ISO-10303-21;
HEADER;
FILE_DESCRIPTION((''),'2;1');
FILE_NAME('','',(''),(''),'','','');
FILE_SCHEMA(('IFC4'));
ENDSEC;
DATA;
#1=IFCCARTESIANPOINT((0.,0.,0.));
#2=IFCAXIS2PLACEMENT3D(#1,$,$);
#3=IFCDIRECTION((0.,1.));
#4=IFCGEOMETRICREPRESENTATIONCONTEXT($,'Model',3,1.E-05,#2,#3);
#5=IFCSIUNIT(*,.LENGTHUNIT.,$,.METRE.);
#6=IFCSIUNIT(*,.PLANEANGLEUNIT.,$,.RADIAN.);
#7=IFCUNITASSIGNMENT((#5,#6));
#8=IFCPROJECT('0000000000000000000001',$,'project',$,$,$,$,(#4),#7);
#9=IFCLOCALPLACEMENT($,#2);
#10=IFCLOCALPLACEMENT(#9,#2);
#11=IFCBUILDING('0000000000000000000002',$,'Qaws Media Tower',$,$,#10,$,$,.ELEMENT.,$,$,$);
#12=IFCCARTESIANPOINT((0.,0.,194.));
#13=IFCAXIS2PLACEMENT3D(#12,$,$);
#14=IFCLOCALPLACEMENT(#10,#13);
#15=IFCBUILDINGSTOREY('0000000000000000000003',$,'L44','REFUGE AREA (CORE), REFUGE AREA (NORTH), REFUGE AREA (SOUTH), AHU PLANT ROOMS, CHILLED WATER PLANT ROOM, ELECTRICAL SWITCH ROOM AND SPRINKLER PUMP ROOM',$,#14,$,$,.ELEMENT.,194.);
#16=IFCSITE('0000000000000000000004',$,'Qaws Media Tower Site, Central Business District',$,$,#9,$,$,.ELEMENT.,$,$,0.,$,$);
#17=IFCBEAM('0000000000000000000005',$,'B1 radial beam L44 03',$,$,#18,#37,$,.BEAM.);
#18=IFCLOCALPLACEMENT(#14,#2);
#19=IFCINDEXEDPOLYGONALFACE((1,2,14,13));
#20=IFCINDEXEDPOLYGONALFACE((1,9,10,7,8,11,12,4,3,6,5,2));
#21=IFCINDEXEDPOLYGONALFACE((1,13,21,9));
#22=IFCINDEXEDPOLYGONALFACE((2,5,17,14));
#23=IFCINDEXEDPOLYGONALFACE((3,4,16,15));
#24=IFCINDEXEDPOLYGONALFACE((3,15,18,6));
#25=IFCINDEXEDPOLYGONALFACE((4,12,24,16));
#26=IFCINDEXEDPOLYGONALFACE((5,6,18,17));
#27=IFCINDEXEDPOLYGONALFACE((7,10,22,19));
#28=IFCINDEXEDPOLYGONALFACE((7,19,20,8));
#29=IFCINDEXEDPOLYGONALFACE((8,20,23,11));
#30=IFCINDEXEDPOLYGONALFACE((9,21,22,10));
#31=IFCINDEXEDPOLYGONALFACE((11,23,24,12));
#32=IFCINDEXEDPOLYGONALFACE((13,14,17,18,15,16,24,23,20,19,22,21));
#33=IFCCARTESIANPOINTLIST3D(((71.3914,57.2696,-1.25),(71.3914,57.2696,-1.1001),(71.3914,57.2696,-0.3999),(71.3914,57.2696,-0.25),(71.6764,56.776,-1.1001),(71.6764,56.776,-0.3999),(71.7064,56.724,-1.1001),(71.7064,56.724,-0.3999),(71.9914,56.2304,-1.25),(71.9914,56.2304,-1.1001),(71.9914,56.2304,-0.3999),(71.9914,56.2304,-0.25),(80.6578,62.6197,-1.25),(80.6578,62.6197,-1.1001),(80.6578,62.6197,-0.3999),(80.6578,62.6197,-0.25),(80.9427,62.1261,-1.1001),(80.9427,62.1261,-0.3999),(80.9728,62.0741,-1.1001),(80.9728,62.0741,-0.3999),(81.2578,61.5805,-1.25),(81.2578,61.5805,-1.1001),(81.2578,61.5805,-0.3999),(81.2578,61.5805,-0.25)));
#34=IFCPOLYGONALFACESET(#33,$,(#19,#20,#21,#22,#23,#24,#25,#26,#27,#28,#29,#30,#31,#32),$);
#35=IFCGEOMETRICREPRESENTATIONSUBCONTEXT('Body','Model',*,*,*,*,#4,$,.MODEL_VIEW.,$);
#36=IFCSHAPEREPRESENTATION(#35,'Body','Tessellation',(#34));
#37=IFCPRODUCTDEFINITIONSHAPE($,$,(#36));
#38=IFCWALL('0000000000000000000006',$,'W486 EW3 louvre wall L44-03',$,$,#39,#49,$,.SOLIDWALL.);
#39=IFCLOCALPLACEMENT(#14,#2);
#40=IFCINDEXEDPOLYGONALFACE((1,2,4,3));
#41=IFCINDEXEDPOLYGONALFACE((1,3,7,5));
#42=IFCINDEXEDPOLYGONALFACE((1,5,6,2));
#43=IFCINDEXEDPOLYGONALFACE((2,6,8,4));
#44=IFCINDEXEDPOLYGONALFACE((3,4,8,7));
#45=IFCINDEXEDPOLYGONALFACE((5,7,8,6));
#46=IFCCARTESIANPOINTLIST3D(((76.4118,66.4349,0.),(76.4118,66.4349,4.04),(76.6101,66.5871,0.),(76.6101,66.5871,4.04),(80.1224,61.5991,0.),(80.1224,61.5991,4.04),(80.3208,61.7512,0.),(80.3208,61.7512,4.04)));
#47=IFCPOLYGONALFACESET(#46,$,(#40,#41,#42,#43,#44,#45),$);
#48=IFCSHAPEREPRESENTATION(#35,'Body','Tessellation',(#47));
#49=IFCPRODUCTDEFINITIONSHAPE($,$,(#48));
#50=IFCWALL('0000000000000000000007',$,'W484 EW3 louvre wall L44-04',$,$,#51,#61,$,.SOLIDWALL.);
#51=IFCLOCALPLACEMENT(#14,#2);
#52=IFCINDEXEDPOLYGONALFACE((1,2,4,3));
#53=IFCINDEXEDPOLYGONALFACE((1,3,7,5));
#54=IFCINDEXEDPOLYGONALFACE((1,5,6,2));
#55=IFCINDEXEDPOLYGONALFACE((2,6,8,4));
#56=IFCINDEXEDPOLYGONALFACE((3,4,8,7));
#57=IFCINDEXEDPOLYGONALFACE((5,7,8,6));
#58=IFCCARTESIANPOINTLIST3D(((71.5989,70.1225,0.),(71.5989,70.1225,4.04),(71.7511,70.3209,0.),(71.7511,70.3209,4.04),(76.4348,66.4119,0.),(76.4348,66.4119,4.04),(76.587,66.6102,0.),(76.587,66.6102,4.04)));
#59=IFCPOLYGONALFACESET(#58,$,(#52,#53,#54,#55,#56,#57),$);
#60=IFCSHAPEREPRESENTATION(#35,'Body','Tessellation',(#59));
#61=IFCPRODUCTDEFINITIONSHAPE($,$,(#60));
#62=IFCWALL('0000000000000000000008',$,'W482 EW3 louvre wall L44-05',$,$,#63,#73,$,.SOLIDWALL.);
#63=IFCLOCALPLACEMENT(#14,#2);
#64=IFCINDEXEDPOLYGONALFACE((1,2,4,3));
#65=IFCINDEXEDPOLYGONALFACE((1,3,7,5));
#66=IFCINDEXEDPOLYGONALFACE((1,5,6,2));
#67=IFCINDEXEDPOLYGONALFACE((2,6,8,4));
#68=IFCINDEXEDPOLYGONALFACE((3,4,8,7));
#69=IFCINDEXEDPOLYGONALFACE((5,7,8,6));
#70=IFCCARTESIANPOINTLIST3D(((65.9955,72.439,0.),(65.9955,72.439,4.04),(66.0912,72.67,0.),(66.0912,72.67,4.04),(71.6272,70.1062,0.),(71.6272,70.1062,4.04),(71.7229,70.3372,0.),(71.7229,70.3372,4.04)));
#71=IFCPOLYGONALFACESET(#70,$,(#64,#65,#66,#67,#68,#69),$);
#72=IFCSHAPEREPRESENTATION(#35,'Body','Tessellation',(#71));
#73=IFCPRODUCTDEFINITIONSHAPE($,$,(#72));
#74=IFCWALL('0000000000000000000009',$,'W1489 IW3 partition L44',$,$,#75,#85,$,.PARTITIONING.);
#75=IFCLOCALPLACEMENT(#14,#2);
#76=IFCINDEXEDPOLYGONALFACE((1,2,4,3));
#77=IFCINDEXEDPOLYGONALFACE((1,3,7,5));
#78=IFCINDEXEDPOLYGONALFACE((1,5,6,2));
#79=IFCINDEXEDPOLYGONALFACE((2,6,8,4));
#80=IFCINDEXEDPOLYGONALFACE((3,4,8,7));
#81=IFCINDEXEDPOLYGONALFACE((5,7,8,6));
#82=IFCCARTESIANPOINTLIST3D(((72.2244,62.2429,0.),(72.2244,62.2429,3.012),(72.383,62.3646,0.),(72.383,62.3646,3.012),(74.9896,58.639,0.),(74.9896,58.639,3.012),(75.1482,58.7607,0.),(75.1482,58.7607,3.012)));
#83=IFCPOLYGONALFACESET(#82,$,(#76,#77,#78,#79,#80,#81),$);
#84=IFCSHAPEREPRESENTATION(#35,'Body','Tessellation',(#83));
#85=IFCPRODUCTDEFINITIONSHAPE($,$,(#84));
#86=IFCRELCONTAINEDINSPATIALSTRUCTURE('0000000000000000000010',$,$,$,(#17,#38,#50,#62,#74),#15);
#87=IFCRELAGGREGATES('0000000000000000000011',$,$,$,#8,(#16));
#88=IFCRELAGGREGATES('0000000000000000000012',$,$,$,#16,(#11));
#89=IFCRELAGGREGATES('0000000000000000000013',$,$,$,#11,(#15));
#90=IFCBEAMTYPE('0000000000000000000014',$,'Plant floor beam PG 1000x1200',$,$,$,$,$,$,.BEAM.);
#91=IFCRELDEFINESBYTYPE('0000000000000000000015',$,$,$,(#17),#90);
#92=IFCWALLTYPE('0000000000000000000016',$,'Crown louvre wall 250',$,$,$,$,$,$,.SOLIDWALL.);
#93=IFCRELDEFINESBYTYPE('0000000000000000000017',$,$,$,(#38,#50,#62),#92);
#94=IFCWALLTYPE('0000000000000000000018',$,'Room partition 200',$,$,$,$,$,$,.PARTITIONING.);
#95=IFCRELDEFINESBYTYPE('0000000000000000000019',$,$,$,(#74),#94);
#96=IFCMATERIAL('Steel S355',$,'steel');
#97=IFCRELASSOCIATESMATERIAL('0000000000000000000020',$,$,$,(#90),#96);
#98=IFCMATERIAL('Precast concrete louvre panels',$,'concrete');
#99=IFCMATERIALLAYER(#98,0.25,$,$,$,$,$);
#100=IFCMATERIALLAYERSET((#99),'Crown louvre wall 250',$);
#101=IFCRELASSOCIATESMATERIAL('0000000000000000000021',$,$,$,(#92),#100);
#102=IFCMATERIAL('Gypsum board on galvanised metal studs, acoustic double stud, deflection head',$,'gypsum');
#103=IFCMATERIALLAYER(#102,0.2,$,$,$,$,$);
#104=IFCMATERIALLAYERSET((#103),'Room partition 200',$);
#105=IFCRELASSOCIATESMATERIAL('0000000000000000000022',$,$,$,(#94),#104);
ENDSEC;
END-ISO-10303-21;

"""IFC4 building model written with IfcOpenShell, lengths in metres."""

from ifc_helpers import new_model, si_unit, direction, frame, frame_2d, origin, origin_2d, place, context, subcontext, project, spatial, rectangle, i_section, extrude, material, layer, layer_set, material_profile, profile_set, type_object, element, save


model = new_model("IFC4")

# Units and contexts
model_context = context("Model", 3, precision=1e-05, world=origin(), true_north=direction((0.0, 1.0)))
body_context = subcontext(model_context, "Body", "Model", "MODEL_VIEW")
ifc_project = project(units=[si_unit("LENGTHUNIT", "METRE"), si_unit("PLANEANGLEUNIT", "RADIAN")], contexts=[model_context])

# Site, building, storey
site_placement = place(None, origin())
site = spatial("IfcSite", under=ifc_project, at=site_placement, Name="Qaws Media Tower Site, Central Business District", CompositionType="ELEMENT", RefElevation=0.0)
building_placement = place(site_placement, origin())
building = spatial("IfcBuilding", under=site, at=building_placement, Name="Qaws Media Tower", CompositionType="ELEMENT")
storey_placement = place(building_placement, frame((0.0, 0.0, 194.0)))
storey = spatial("IfcBuildingStorey", under=building, at=storey_placement, Name="L44", Description="REFUGE AREA (CORE), REFUGE AREA (NORTH), REFUGE AREA (SOUTH), AHU PLANT ROOMS, CHILLED WATER PLANT ROOM, ELECTRICAL SWITCH ROOM AND SPRINKLER PUMP ROOM", CompositionType="ELEMENT", Elevation=194.0)

# Beam
ifc_material_1 = material(Name="Steel S355", Category="steel")
ifc_material_profile_1 = material_profile(ifc_material_1, i_section(OverallWidth=1.2, OverallDepth=1.0, WebThickness=0.0601, FlangeThickness=0.1499, at=origin_2d()), Name="PG 1000x1200")
ifc_profile_set_1 = profile_set([ifc_material_profile_1], Name="Steel S355")
beam_type_1 = type_object("IfcBeamType", Name="Plant floor beam PG 1000x1200", PredefinedType="BEAM", material=ifc_profile_set_1)
beam_1_placement = place(storey_placement, frame((71.6914, 56.75, -0.75), z_axis=(0.866019, 0.500011, 0.0), x_axis=(-0.500011, 0.866019, 0.0)))
element("IfcBeam", 1, at=beam_1_placement, inside=storey, type_object=beam_type_1, Name="B1 radial beam L44 03", PredefinedType="BEAM", context=body_context, shape_type="SweptSolid", body=[
    extrude(i_section(OverallWidth=1.2, OverallDepth=1.0, WebThickness=0.0601, FlangeThickness=0.1499, at=origin_2d()), origin(), (0.0, 0.0, 1.0), 10.7),
])

# Walls
ifc_material_2 = material(Name="Precast concrete louvre panels", Category="concrete")
ifc_layer_1 = layer(ifc_material_2, 0.25)
ifc_layer_set_1 = layer_set([ifc_layer_1], Name="Crown louvre wall 250")
wall_type_1 = type_object("IfcWallType", Name="Crown louvre wall 250", PredefinedType="SOLIDWALL", material=ifc_layer_set_1)
for number, where, z_axis, x_axis, name in (
    (2, (80.2217, 61.675, 0.0), (0.0, 0.0, 1.0), (-0.608756, 0.793357, 0.0), "W486 EW3 louvre wall L44-03"),
    (3, (76.511, 66.511, 0.0), (0.0, 0.0, 1.0), (-0.793357, 0.608756, 0.0), "W484 EW3 louvre wall L44-04"),
):
    element("IfcWall", number, at=place(storey_placement, frame(where, z_axis=z_axis, x_axis=x_axis)), inside=storey, type_object=wall_type_1, Name=name, PredefinedType="SOLIDWALL", context=body_context, shape_type="SweptSolid", body=[
        extrude(rectangle(XDim=6.0955, YDim=0.25, at=frame_2d((3.0479, 0.0))), origin(), (0.0, 0.0, 1.0), 4.04),
    ])
wall_1_placement = place(storey_placement, frame((71.675, 70.2217, 0.0), z_axis=(0.0, 0.0, 1.0), x_axis=(-0.923875, 0.382695, 0.0)))
element("IfcWall", 4, at=wall_1_placement, inside=storey, type_object=wall_type_1, Name="W482 EW3 louvre wall L44-05", PredefinedType="SOLIDWALL", context=body_context, shape_type="SweptSolid", body=[
    extrude(rectangle(XDim=6.0957, YDim=0.25, at=frame_2d((3.0479, 0.0))), origin(), (0.0, 0.0, 1.0), 4.04),
])
ifc_material_3 = material(Name="Gypsum board on galvanised metal studs, acoustic double stud, deflection head", Category="gypsum")
ifc_layer_2 = layer(ifc_material_3, 0.2)
ifc_layer_set_2 = layer_set([ifc_layer_2], Name="Room partition 200")
wall_type_2 = type_object("IfcWallType", Name="Room partition 200", PredefinedType="PARTITIONING", material=ifc_layer_set_2)
wall_2_placement = place(storey_placement, frame((72.3037, 62.3037, 0.0), z_axis=(0.0, 0.0, 1.0), x_axis=(0.608744, -0.793367, 0.0)))
element("IfcWall", 5, at=wall_2_placement, inside=storey, type_object=wall_type_2, Name="W1489 IW3 partition L44", PredefinedType="PARTITIONING", context=body_context, shape_type="SweptSolid", body=[
    extrude(rectangle(XDim=4.5425, YDim=0.2, at=frame_2d((2.2712, 0.0))), origin(), (0.0, 0.0, 1.0), 3.012),
])

save(model, "model.ifc")
